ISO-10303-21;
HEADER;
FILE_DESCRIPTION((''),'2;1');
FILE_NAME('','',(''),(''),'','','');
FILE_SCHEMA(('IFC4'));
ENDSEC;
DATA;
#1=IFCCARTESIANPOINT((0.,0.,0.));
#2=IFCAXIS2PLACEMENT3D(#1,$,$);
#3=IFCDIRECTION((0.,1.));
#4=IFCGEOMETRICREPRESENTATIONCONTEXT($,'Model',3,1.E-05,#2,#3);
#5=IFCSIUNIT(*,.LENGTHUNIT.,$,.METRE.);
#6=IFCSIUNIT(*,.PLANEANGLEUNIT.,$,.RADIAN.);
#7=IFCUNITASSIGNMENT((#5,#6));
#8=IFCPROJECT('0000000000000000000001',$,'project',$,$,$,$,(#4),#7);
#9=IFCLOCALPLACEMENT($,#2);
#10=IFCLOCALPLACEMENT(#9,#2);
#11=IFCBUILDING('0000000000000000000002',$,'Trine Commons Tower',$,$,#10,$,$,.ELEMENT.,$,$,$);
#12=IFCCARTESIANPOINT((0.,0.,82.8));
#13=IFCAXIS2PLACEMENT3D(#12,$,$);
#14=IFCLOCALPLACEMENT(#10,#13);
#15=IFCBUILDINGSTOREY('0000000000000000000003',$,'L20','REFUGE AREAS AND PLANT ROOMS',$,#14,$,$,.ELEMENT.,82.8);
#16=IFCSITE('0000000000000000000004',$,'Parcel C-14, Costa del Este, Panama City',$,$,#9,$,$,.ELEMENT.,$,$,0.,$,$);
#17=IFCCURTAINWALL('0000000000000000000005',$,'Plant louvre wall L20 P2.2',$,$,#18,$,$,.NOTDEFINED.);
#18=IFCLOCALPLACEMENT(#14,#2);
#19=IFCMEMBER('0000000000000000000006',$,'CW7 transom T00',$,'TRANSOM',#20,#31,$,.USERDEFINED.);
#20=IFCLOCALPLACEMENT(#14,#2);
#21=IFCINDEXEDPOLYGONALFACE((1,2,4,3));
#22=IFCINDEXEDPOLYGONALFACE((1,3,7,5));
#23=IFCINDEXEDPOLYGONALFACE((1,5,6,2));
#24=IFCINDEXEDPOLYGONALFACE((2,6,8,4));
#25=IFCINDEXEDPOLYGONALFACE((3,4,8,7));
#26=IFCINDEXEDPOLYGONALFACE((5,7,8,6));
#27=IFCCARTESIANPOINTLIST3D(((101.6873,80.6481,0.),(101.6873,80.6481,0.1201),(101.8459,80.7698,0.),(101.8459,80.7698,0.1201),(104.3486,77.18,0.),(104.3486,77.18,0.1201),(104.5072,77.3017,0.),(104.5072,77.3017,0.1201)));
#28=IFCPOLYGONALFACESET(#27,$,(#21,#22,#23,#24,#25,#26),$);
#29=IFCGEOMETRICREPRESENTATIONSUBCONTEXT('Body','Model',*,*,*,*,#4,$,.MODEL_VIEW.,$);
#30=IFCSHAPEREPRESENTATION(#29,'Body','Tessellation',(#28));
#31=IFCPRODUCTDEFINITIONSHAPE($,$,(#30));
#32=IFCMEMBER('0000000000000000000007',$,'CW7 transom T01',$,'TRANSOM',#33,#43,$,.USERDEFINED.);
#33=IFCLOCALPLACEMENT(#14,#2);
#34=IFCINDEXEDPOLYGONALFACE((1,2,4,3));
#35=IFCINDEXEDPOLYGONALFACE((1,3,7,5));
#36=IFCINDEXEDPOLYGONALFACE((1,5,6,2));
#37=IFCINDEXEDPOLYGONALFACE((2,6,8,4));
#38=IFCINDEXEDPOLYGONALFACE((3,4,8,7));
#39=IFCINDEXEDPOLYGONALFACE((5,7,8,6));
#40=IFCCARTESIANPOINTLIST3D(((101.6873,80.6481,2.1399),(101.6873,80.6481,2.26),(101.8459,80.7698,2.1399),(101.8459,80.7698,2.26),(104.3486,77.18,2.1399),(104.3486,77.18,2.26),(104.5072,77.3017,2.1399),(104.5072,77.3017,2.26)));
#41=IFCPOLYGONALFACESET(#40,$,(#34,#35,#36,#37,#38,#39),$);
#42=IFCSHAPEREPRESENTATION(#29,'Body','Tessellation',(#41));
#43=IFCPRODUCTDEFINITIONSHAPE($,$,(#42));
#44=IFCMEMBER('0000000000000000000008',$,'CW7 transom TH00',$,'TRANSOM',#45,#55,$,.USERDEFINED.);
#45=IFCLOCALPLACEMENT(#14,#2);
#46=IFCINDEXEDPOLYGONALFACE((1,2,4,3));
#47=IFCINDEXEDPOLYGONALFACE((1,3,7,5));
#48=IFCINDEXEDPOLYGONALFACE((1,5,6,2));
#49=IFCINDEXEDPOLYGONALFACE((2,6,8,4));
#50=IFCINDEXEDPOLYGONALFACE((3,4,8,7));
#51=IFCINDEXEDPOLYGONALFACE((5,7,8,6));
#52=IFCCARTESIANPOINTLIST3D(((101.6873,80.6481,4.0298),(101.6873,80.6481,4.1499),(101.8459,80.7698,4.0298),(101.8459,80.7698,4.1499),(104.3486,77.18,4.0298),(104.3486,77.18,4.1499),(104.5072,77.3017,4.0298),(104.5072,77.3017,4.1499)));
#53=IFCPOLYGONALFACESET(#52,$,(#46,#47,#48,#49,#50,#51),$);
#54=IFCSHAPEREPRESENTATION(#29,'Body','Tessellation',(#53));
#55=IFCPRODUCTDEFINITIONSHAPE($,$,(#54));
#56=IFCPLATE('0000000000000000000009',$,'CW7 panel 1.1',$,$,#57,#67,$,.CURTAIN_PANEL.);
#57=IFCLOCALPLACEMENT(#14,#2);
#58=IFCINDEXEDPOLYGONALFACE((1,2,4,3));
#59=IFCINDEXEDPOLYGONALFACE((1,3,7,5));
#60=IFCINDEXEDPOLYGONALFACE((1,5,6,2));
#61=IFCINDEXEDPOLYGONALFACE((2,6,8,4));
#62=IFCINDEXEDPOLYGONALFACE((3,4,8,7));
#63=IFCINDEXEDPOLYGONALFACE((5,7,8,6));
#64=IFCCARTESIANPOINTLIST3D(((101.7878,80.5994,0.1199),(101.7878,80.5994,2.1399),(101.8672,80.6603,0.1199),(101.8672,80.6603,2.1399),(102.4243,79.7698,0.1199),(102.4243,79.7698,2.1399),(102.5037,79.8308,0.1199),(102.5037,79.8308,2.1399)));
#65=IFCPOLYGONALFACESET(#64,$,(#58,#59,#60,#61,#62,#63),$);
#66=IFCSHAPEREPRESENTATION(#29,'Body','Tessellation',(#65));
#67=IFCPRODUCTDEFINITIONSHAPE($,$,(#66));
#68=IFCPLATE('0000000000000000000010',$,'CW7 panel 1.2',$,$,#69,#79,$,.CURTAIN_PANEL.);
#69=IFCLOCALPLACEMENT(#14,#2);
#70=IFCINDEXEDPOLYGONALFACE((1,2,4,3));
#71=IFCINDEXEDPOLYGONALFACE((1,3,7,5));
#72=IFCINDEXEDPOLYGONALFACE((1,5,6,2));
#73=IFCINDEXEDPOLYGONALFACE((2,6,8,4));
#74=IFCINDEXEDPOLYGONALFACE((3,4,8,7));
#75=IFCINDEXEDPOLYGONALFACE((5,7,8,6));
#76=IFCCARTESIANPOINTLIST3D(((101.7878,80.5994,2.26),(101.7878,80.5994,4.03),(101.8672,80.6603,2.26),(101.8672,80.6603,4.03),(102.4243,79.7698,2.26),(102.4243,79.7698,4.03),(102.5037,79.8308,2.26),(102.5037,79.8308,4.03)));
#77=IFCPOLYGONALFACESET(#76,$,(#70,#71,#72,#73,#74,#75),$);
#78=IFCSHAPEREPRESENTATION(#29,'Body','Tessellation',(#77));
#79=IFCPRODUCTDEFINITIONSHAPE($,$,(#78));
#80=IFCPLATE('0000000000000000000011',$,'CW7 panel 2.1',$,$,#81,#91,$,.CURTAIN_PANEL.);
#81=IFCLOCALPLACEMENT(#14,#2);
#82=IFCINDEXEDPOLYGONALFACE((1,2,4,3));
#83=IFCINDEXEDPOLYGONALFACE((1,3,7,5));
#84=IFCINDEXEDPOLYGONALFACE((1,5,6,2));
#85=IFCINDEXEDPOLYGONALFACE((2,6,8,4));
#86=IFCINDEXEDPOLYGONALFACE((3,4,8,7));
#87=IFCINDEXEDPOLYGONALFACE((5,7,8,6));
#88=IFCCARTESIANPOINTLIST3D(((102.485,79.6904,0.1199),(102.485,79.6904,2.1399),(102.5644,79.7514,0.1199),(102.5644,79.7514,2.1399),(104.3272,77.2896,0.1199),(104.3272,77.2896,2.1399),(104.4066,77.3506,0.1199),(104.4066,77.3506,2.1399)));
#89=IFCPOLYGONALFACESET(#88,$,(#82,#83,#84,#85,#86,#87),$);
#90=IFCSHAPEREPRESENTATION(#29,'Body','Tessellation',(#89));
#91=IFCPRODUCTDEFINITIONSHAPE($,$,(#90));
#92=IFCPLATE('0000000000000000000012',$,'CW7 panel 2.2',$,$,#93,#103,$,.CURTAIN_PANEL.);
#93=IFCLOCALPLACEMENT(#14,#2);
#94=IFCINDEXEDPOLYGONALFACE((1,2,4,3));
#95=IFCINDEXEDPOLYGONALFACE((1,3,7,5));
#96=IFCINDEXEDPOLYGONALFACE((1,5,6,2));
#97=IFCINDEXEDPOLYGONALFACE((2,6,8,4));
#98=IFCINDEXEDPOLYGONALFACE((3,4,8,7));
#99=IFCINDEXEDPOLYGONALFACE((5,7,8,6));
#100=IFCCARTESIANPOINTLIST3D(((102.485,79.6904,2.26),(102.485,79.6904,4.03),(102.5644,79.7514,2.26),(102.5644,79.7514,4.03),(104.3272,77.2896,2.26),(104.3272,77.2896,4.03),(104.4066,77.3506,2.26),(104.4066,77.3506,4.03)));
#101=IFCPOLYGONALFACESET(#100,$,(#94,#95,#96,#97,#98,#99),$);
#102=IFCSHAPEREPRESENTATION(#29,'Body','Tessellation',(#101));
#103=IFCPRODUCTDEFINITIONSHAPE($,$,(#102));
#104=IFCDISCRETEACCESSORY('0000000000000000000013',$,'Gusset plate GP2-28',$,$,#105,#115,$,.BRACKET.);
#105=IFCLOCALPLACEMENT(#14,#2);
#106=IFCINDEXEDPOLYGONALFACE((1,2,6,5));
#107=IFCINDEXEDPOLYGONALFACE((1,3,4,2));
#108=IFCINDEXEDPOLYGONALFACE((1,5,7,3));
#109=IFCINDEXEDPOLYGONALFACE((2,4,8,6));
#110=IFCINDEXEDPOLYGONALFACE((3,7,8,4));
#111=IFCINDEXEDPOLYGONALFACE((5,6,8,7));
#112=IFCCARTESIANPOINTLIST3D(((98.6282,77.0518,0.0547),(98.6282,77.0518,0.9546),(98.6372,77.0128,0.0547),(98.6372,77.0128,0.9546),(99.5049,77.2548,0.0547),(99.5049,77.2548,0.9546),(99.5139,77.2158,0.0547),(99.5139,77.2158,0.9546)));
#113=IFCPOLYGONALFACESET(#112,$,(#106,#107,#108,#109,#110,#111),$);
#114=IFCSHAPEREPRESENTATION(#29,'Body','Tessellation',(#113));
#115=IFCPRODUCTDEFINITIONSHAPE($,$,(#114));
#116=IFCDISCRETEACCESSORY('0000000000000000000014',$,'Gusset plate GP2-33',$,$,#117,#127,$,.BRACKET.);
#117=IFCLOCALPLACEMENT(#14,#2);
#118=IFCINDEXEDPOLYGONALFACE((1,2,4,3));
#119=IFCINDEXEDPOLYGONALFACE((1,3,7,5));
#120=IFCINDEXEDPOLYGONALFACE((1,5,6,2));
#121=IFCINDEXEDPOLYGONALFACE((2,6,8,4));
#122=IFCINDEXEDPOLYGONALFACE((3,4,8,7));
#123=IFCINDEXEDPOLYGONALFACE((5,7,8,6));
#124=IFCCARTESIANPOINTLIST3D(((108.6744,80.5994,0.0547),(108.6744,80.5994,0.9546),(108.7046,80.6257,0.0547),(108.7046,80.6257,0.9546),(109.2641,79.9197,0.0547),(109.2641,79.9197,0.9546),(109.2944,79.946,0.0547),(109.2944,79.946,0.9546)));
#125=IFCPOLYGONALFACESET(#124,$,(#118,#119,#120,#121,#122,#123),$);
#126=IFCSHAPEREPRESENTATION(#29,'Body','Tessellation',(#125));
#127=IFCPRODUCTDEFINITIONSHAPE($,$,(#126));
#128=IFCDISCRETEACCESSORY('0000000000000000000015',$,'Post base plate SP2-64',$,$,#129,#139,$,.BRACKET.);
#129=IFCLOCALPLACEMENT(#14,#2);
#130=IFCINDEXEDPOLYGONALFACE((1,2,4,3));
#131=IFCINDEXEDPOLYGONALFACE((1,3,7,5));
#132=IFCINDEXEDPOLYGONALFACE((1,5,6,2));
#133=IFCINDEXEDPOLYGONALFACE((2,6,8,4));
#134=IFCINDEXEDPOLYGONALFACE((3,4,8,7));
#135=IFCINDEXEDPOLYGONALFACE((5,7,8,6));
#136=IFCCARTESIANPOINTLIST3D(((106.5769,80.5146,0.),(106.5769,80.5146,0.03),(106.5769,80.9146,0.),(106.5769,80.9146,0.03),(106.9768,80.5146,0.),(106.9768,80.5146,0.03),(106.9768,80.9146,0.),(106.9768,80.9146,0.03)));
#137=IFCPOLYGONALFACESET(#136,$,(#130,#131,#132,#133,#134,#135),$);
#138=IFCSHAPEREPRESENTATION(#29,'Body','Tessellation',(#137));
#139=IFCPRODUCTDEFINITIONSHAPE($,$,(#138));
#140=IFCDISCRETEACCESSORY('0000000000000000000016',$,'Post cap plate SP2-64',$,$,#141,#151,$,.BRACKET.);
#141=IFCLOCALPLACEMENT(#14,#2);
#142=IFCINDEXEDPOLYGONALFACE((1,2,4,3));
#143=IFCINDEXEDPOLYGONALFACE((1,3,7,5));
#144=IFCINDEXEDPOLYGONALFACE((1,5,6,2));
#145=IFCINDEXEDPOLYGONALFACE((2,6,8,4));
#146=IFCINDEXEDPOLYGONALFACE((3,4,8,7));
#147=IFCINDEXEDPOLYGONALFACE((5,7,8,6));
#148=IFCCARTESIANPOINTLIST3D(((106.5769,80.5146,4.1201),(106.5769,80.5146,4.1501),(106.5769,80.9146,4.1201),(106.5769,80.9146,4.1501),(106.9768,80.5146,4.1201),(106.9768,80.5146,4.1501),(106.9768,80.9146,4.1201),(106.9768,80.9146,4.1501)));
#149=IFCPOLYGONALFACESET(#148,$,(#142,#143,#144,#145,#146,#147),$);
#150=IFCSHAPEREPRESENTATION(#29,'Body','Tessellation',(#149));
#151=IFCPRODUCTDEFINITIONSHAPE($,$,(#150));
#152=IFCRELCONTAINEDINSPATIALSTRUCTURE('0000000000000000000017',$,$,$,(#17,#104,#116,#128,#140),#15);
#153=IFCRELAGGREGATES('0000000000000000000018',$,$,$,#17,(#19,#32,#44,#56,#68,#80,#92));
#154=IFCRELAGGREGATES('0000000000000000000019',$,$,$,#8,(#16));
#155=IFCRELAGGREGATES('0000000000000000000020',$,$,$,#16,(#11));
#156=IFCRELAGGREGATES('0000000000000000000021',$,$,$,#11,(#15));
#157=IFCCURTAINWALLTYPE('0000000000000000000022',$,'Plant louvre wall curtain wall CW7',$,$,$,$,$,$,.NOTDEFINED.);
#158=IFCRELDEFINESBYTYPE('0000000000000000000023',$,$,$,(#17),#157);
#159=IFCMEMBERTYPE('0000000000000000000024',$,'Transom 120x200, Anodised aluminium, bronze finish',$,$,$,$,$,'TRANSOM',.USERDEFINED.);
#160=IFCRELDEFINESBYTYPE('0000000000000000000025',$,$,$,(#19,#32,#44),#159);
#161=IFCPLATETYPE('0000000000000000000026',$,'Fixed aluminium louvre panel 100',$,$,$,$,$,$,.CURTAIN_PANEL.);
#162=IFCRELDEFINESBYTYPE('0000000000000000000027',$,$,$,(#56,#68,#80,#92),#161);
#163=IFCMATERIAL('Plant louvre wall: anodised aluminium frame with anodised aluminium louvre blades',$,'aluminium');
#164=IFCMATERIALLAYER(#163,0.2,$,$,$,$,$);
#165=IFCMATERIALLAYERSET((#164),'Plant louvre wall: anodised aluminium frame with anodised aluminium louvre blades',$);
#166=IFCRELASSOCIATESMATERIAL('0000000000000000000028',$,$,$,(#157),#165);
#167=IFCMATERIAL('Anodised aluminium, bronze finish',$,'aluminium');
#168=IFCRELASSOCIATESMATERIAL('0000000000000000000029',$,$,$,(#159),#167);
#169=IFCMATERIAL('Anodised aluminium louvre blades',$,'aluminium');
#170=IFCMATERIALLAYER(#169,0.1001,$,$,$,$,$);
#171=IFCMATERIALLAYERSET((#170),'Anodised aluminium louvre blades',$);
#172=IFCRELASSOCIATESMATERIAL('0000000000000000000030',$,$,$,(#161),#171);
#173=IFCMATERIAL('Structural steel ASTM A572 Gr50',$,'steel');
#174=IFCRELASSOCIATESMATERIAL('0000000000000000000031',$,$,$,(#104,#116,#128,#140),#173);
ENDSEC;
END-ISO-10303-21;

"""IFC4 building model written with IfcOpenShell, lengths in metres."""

from ifc_helpers import new_model, si_unit, direction, frame, origin, origin_2d, place, context, subcontext, project, spatial, rectangle, extrude, material, layer, layer_set, material_profile, profile_set, type_object, element, aggregate, save


model = new_model("IFC4")

# Units and contexts
model_context = context("Model", 3, precision=1e-05, world=origin(), true_north=direction((0.0, 1.0)))
body_context = subcontext(model_context, "Body", "Model", "MODEL_VIEW")
ifc_project = project(units=[si_unit("LENGTHUNIT", "METRE"), si_unit("PLANEANGLEUNIT", "RADIAN")], contexts=[model_context])

# Site, building, storey
site_placement = place(None, origin())
site = spatial("IfcSite", under=ifc_project, at=site_placement, Name="Parcel C-14, Costa del Este, Panama City", CompositionType="ELEMENT", RefElevation=0.0)
building_placement = place(site_placement, origin())
building = spatial("IfcBuilding", under=site, at=building_placement, Name="Trine Commons Tower", CompositionType="ELEMENT")
storey_placement = place(building_placement, frame((0.0, 0.0, 82.8)))
storey = spatial("IfcBuildingStorey", under=building, at=storey_placement, Name="L20", Description="REFUGE AREAS AND PLANT ROOMS", CompositionType="ELEMENT", Elevation=82.8)

# Curtain wall
ifc_material_1 = material(Name="Plant louvre wall: anodised aluminium frame with anodised aluminium louvre blades", Category="aluminium")
ifc_layer_1 = layer(ifc_material_1, 0.2)
ifc_layer_set_1 = layer_set([ifc_layer_1], Name="Plant louvre wall: anodised aluminium frame with anodised aluminium louvre blades")
curtain_wall_type = type_object("IfcCurtainWallType", Name="Plant louvre wall curtain wall CW7", PredefinedType="NOTDEFINED", material=ifc_layer_set_1)
curtain_wall_placement = place(storey_placement, origin())
curtain_wall = element("IfcCurtainWall", 1, at=curtain_wall_placement, inside=storey, type_object=curtain_wall_type, Name="Plant louvre wall L20 P2.2", PredefinedType="NOTDEFINED")
ifc_material_2 = material(Name="Anodised aluminium, bronze finish", Category="aluminium")

# Members
ifc_material_profile_1 = material_profile(ifc_material_2, rectangle(XDim=0.2, YDim=0.1201, at=origin_2d()), Name="Transom 120x200")
ifc_profile_set_1 = profile_set([ifc_material_profile_1], Name="Anodised aluminium, bronze finish")
member_type_1 = type_object("IfcMemberType", Name="Transom 120x200, Anodised aluminium, bronze finish", ElementType="TRANSOM", PredefinedType="USERDEFINED", material=ifc_profile_set_1)
member_1_placement = place(storey_placement, frame((101.7666, 80.709, 0.0601), z_axis=(0.608774, -0.793344, 0.0), x_axis=(0.793344, 0.608774, 0.0)))
member_1 = element("IfcMember", 2, at=member_1_placement, type_object=member_type_1, Name="CW7 transom T00", ObjectType="TRANSOM", PredefinedType="USERDEFINED", context=body_context, shape_type="SweptSolid", body=[
    extrude(rectangle(XDim=0.2, YDim=0.1201, at=origin_2d()), origin(), (0.0, 0.0, 1.0), 4.3716),
])
member_2_placement = place(storey_placement, frame((101.7666, 80.709, 2.2), z_axis=(0.608774, -0.793344, 0.0), x_axis=(0.793344, 0.608774, 0.0)))
member_2 = element("IfcMember", 3, at=member_2_placement, type_object=member_type_1, Name="CW7 transom T01", ObjectType="TRANSOM", PredefinedType="USERDEFINED", context=body_context, shape_type="SweptSolid", body=[
    extrude(rectangle(XDim=0.2, YDim=0.1201, at=origin_2d()), origin(), (0.0, 0.0, 1.0), 4.3716),
])
member_3_placement = place(storey_placement, frame((101.7666, 80.709, 4.0898), z_axis=(0.608774, -0.793344, 0.0), x_axis=(0.793344, 0.608774, 0.0)))
member_3 = element("IfcMember", 4, at=member_3_placement, type_object=member_type_1, Name="CW7 transom TH00", ObjectType="TRANSOM", PredefinedType="USERDEFINED", context=body_context, shape_type="SweptSolid", body=[
    extrude(rectangle(XDim=0.2, YDim=0.1201, at=origin_2d()), origin(), (0.0, 0.0, 1.0), 4.3716),
])

# Plates
ifc_material_3 = material(Name="Anodised aluminium louvre blades", Category="aluminium")
ifc_layer_2 = layer(ifc_material_3, 0.1001)
ifc_layer_set_2 = layer_set([ifc_layer_2], Name="Anodised aluminium louvre blades")
plate_type = type_object("IfcPlateType", Name="Fixed aluminium louvre panel 100", PredefinedType="CURTAIN_PANEL", material=ifc_layer_set_2)
plate_1_placement = place(storey_placement, frame((102.1458, 80.2151, 0.1199), z_axis=(0.0, 0.0, 1.0), x_axis=(0.608761, -0.793353, 0.0)))
plate_1 = element("IfcPlate", 5, at=plate_1_placement, type_object=plate_type, Name="CW7 panel 1.1", PredefinedType="CURTAIN_PANEL", context=body_context, shape_type="SweptSolid", body=[
    extrude(rectangle(XDim=1.0457, YDim=0.1001, at=origin_2d()), origin(), (0.0, 0.0, 1.0), 2.02),
])
plate_2_placement = place(storey_placement, frame((102.1458, 80.2151, 2.26), z_axis=(0.0, 0.0, 1.0), x_axis=(0.608761, -0.793353, 0.0)))
plate_2 = element("IfcPlate", 6, at=plate_2_placement, type_object=plate_type, Name="CW7 panel 1.2", PredefinedType="CURTAIN_PANEL", context=body_context, shape_type="SweptSolid", body=[
    extrude(rectangle(XDim=1.0457, YDim=0.1001, at=origin_2d()), origin(), (0.0, 0.0, 1.0), 1.77),
])
plate_3_placement = place(storey_placement, frame((103.4458, 78.5205, 0.1199), z_axis=(0.0, 0.0, 1.0), x_axis=(0.608761, -0.793353, 0.0)))
plate_3 = element("IfcPlate", 7, at=plate_3_placement, type_object=plate_type, Name="CW7 panel 2.1", PredefinedType="CURTAIN_PANEL", context=body_context, shape_type="SweptSolid", body=[
    extrude(rectangle(XDim=3.0261, YDim=0.1001, at=origin_2d()), origin(), (0.0, 0.0, 1.0), 2.02),
])
plate_4_placement = place(storey_placement, frame((103.4458, 78.5205, 2.26), z_axis=(0.0, 0.0, 1.0), x_axis=(0.608761, -0.793353, 0.0)))
plate_4 = element("IfcPlate", 8, at=plate_4_placement, type_object=plate_type, Name="CW7 panel 2.2", PredefinedType="CURTAIN_PANEL", context=body_context, shape_type="SweptSolid", body=[
    extrude(rectangle(XDim=3.0261, YDim=0.1001, at=origin_2d()), origin(), (0.0, 0.0, 1.0), 1.77),
])
aggregate(curtain_wall, [member_1, member_2, member_3, plate_1, plate_2, plate_3, plate_4])

# Discrete accessories
ifc_material_4 = material(Name="Structural steel ASTM A572 Gr50", Category="steel")
for number, where, z_axis, x_axis, name in (
    (9, (99.071, 77.1338, 0.0547), (0.0, 0.0, 1.0), (-0.974213, -0.225631, 0.0), "Gusset plate GP2-28"),
    (10, (108.9844, 80.2727, 0.0547), (0.0, 0.0, 1.0), (-0.655361, 0.755316, 0.0), "Gusset plate GP2-33"),
):
    element("IfcDiscreteAccessory", number, at=place(storey_placement, frame(where, z_axis=z_axis, x_axis=x_axis)), inside=storey, material=ifc_material_4, Name=name, PredefinedType="BRACKET", context=body_context, shape_type="SweptSolid", body=[
        extrude(rectangle(XDim=0.8999, YDim=0.04, at=origin_2d()), origin(), (0.0, 0.0, 1.0), 0.8999),
    ])
for number, where, z_axis, x_axis, name in (
    (11, (106.7769, 80.7146, 0.0), (0.0, 0.0, 1.0), (1.0, 0.0, 0.0), "Post base plate SP2-64"),
    (12, (106.7769, 80.7146, 4.1201), (0.0, 0.0, 1.0), (1.0, 0.0, 0.0), "Post cap plate SP2-64"),
):
    element("IfcDiscreteAccessory", number, at=place(storey_placement, frame(where, z_axis=z_axis, x_axis=x_axis)), inside=storey, material=ifc_material_4, Name=name, PredefinedType="BRACKET", context=body_context, shape_type="SweptSolid", body=[
        extrude(rectangle(XDim=0.3999, YDim=0.3999, at=origin_2d()), origin(), (0.0, 0.0, 1.0), 0.03),
    ])

save(model, "model.ifc")
